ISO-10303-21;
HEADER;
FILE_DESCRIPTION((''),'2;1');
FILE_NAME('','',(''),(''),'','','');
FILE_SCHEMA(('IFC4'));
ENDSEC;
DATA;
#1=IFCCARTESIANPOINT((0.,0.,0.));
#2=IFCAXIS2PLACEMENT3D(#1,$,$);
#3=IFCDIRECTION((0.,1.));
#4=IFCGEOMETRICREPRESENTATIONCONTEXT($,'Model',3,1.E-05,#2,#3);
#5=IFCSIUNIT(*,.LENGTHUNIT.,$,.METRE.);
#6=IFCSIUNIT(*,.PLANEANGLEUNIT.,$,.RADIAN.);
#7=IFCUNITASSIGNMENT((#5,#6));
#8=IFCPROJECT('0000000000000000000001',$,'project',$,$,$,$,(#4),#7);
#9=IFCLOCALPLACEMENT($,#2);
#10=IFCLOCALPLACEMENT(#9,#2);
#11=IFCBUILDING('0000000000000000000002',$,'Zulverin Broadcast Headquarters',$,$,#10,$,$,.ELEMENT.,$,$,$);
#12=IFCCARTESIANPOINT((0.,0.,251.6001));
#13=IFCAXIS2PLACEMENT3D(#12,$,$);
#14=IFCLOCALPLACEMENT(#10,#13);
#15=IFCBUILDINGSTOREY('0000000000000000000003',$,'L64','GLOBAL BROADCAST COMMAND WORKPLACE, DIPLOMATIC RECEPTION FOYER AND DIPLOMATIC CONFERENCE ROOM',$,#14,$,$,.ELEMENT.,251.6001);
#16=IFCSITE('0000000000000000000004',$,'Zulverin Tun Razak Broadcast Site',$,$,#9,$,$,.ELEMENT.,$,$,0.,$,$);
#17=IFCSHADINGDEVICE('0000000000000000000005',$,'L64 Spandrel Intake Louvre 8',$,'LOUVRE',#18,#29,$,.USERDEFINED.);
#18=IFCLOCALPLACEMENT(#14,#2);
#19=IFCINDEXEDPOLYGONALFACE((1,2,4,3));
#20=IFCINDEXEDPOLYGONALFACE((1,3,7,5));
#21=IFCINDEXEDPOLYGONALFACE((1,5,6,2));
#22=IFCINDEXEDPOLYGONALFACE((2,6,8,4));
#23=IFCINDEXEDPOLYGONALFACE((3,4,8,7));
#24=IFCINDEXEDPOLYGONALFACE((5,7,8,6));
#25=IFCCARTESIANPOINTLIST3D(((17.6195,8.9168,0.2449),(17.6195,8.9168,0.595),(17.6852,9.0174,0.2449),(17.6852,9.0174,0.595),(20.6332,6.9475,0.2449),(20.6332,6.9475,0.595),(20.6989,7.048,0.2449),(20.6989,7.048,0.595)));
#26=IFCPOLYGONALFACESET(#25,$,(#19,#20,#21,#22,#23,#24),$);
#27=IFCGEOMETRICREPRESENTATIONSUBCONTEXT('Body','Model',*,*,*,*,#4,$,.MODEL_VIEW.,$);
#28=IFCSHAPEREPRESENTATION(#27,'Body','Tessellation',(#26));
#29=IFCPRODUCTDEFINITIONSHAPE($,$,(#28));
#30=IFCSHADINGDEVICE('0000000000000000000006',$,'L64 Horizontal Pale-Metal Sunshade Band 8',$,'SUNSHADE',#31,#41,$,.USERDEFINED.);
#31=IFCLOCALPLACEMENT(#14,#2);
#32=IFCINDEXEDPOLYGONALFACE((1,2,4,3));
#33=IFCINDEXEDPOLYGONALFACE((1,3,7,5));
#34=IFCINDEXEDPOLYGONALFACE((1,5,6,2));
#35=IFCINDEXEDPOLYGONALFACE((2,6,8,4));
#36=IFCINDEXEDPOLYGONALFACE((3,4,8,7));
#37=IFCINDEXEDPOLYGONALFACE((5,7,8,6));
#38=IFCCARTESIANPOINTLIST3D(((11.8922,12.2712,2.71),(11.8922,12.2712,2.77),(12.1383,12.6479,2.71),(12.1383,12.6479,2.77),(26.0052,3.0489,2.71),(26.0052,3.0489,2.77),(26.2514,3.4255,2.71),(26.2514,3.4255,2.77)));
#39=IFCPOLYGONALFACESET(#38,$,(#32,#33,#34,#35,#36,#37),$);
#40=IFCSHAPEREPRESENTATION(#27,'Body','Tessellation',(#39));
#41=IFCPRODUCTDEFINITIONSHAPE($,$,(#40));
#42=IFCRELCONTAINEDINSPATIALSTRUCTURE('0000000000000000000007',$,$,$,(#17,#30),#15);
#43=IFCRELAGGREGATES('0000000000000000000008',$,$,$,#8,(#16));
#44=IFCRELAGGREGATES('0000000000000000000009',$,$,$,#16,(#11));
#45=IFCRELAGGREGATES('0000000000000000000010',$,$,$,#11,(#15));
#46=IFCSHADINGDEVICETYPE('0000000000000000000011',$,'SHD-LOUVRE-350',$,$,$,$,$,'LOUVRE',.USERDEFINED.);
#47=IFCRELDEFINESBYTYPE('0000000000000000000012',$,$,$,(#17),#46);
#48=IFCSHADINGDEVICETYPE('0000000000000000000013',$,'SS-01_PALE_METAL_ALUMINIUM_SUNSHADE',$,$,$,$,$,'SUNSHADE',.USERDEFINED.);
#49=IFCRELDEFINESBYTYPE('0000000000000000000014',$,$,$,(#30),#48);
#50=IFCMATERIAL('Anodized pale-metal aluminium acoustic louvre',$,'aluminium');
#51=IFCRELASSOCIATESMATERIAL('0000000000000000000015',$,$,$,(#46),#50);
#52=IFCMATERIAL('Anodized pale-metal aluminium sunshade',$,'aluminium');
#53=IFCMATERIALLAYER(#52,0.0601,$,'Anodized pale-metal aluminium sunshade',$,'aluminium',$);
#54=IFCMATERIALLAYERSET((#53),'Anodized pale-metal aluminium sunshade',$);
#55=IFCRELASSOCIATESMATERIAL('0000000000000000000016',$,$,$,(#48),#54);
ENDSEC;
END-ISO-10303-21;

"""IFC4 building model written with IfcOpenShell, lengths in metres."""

from ifc_helpers import new_model, si_unit, direction, frame, origin, origin_2d, place, context, subcontext, project, spatial, rectangle, extrude, material, layer, layer_set, type_object, element, save


model = new_model("IFC4")

# Units and contexts
model_context = context("Model", 3, precision=1e-05, world=origin(), true_north=direction((0.0, 1.0)))
body_context = subcontext(model_context, "Body", "Model", "MODEL_VIEW")
ifc_project = project(units=[si_unit("LENGTHUNIT", "METRE"), si_unit("PLANEANGLEUNIT", "RADIAN")], contexts=[model_context])

# Site, building, storey
site_placement = place(None, origin())
site = spatial("IfcSite", under=ifc_project, at=site_placement, Name="Zulverin Tun Razak Broadcast Site", CompositionType="ELEMENT", RefElevation=0.0)
building_placement = place(site_placement, origin())
building = spatial("IfcBuilding", under=site, at=building_placement, Name="Zulverin Broadcast Headquarters", CompositionType="ELEMENT")
storey_placement = place(building_placement, frame((0.0, 0.0, 251.6001)))
storey = spatial("IfcBuildingStorey", under=building, at=storey_placement, Name="L64", Description="GLOBAL BROADCAST COMMAND WORKPLACE, DIPLOMATIC RECEPTION FOYER AND DIPLOMATIC CONFERENCE ROOM", CompositionType="ELEMENT", Elevation=251.6001)

# Shading devices
ifc_material_1 = material(Name="Anodized pale-metal aluminium acoustic louvre", Category="aluminium")
shading_device_type_1 = type_object("IfcShadingDeviceType", Name="SHD-LOUVRE-350", ElementType="LOUVRE", PredefinedType="USERDEFINED", material=ifc_material_1)
shading_device_1_placement = place(storey_placement, frame((19.1592, 7.9824, 0.2449), z_axis=(0.0, 0.0, 1.0), x_axis=(0.837116, -0.547026, 0.0)))
element("IfcShadingDevice", 1, at=shading_device_1_placement, inside=storey, type_object=shading_device_type_1, Name="L64 Spandrel Intake Louvre 8", ObjectType="LOUVRE", PredefinedType="USERDEFINED", context=body_context, shape_type="SweptSolid", body=[
    extrude(rectangle(XDim=3.6001, YDim=0.1201, at=origin_2d()), origin(), (0.0, 0.0, 1.0), 0.3501),
])
ifc_material_2 = material(Name="Anodized pale-metal aluminium sunshade", Category="aluminium")
ifc_layer_1 = layer(ifc_material_2, 0.0601, Name="Anodized pale-metal aluminium sunshade", Category="aluminium")
ifc_layer_set_1 = layer_set([ifc_layer_1], Name="Anodized pale-metal aluminium sunshade")
shading_device_type_2 = type_object("IfcShadingDeviceType", Name="SS-01_PALE_METAL_ALUMINIUM_SUNSHADE", ElementType="SUNSHADE", PredefinedType="USERDEFINED", material=ifc_layer_set_1)
shading_device_2_placement = place(storey_placement, frame((19.0718, 7.8484, 2.71), z_axis=(0.0, 0.0, 1.0), x_axis=(0.837116, -0.547026, 0.0)))
element("IfcShadingDevice", 2, at=shading_device_2_placement, inside=storey, type_object=shading_device_type_2, Name="L64 Horizontal Pale-Metal Sunshade Band 8", ObjectType="SUNSHADE", PredefinedType="USERDEFINED", context=body_context, shape_type="SweptSolid", body=[
    extrude(rectangle(XDim=16.8591, YDim=0.45, at=origin_2d()), origin(), (0.0, 0.0, 1.0), 0.0601),
])

save(model, "model.ifc")
